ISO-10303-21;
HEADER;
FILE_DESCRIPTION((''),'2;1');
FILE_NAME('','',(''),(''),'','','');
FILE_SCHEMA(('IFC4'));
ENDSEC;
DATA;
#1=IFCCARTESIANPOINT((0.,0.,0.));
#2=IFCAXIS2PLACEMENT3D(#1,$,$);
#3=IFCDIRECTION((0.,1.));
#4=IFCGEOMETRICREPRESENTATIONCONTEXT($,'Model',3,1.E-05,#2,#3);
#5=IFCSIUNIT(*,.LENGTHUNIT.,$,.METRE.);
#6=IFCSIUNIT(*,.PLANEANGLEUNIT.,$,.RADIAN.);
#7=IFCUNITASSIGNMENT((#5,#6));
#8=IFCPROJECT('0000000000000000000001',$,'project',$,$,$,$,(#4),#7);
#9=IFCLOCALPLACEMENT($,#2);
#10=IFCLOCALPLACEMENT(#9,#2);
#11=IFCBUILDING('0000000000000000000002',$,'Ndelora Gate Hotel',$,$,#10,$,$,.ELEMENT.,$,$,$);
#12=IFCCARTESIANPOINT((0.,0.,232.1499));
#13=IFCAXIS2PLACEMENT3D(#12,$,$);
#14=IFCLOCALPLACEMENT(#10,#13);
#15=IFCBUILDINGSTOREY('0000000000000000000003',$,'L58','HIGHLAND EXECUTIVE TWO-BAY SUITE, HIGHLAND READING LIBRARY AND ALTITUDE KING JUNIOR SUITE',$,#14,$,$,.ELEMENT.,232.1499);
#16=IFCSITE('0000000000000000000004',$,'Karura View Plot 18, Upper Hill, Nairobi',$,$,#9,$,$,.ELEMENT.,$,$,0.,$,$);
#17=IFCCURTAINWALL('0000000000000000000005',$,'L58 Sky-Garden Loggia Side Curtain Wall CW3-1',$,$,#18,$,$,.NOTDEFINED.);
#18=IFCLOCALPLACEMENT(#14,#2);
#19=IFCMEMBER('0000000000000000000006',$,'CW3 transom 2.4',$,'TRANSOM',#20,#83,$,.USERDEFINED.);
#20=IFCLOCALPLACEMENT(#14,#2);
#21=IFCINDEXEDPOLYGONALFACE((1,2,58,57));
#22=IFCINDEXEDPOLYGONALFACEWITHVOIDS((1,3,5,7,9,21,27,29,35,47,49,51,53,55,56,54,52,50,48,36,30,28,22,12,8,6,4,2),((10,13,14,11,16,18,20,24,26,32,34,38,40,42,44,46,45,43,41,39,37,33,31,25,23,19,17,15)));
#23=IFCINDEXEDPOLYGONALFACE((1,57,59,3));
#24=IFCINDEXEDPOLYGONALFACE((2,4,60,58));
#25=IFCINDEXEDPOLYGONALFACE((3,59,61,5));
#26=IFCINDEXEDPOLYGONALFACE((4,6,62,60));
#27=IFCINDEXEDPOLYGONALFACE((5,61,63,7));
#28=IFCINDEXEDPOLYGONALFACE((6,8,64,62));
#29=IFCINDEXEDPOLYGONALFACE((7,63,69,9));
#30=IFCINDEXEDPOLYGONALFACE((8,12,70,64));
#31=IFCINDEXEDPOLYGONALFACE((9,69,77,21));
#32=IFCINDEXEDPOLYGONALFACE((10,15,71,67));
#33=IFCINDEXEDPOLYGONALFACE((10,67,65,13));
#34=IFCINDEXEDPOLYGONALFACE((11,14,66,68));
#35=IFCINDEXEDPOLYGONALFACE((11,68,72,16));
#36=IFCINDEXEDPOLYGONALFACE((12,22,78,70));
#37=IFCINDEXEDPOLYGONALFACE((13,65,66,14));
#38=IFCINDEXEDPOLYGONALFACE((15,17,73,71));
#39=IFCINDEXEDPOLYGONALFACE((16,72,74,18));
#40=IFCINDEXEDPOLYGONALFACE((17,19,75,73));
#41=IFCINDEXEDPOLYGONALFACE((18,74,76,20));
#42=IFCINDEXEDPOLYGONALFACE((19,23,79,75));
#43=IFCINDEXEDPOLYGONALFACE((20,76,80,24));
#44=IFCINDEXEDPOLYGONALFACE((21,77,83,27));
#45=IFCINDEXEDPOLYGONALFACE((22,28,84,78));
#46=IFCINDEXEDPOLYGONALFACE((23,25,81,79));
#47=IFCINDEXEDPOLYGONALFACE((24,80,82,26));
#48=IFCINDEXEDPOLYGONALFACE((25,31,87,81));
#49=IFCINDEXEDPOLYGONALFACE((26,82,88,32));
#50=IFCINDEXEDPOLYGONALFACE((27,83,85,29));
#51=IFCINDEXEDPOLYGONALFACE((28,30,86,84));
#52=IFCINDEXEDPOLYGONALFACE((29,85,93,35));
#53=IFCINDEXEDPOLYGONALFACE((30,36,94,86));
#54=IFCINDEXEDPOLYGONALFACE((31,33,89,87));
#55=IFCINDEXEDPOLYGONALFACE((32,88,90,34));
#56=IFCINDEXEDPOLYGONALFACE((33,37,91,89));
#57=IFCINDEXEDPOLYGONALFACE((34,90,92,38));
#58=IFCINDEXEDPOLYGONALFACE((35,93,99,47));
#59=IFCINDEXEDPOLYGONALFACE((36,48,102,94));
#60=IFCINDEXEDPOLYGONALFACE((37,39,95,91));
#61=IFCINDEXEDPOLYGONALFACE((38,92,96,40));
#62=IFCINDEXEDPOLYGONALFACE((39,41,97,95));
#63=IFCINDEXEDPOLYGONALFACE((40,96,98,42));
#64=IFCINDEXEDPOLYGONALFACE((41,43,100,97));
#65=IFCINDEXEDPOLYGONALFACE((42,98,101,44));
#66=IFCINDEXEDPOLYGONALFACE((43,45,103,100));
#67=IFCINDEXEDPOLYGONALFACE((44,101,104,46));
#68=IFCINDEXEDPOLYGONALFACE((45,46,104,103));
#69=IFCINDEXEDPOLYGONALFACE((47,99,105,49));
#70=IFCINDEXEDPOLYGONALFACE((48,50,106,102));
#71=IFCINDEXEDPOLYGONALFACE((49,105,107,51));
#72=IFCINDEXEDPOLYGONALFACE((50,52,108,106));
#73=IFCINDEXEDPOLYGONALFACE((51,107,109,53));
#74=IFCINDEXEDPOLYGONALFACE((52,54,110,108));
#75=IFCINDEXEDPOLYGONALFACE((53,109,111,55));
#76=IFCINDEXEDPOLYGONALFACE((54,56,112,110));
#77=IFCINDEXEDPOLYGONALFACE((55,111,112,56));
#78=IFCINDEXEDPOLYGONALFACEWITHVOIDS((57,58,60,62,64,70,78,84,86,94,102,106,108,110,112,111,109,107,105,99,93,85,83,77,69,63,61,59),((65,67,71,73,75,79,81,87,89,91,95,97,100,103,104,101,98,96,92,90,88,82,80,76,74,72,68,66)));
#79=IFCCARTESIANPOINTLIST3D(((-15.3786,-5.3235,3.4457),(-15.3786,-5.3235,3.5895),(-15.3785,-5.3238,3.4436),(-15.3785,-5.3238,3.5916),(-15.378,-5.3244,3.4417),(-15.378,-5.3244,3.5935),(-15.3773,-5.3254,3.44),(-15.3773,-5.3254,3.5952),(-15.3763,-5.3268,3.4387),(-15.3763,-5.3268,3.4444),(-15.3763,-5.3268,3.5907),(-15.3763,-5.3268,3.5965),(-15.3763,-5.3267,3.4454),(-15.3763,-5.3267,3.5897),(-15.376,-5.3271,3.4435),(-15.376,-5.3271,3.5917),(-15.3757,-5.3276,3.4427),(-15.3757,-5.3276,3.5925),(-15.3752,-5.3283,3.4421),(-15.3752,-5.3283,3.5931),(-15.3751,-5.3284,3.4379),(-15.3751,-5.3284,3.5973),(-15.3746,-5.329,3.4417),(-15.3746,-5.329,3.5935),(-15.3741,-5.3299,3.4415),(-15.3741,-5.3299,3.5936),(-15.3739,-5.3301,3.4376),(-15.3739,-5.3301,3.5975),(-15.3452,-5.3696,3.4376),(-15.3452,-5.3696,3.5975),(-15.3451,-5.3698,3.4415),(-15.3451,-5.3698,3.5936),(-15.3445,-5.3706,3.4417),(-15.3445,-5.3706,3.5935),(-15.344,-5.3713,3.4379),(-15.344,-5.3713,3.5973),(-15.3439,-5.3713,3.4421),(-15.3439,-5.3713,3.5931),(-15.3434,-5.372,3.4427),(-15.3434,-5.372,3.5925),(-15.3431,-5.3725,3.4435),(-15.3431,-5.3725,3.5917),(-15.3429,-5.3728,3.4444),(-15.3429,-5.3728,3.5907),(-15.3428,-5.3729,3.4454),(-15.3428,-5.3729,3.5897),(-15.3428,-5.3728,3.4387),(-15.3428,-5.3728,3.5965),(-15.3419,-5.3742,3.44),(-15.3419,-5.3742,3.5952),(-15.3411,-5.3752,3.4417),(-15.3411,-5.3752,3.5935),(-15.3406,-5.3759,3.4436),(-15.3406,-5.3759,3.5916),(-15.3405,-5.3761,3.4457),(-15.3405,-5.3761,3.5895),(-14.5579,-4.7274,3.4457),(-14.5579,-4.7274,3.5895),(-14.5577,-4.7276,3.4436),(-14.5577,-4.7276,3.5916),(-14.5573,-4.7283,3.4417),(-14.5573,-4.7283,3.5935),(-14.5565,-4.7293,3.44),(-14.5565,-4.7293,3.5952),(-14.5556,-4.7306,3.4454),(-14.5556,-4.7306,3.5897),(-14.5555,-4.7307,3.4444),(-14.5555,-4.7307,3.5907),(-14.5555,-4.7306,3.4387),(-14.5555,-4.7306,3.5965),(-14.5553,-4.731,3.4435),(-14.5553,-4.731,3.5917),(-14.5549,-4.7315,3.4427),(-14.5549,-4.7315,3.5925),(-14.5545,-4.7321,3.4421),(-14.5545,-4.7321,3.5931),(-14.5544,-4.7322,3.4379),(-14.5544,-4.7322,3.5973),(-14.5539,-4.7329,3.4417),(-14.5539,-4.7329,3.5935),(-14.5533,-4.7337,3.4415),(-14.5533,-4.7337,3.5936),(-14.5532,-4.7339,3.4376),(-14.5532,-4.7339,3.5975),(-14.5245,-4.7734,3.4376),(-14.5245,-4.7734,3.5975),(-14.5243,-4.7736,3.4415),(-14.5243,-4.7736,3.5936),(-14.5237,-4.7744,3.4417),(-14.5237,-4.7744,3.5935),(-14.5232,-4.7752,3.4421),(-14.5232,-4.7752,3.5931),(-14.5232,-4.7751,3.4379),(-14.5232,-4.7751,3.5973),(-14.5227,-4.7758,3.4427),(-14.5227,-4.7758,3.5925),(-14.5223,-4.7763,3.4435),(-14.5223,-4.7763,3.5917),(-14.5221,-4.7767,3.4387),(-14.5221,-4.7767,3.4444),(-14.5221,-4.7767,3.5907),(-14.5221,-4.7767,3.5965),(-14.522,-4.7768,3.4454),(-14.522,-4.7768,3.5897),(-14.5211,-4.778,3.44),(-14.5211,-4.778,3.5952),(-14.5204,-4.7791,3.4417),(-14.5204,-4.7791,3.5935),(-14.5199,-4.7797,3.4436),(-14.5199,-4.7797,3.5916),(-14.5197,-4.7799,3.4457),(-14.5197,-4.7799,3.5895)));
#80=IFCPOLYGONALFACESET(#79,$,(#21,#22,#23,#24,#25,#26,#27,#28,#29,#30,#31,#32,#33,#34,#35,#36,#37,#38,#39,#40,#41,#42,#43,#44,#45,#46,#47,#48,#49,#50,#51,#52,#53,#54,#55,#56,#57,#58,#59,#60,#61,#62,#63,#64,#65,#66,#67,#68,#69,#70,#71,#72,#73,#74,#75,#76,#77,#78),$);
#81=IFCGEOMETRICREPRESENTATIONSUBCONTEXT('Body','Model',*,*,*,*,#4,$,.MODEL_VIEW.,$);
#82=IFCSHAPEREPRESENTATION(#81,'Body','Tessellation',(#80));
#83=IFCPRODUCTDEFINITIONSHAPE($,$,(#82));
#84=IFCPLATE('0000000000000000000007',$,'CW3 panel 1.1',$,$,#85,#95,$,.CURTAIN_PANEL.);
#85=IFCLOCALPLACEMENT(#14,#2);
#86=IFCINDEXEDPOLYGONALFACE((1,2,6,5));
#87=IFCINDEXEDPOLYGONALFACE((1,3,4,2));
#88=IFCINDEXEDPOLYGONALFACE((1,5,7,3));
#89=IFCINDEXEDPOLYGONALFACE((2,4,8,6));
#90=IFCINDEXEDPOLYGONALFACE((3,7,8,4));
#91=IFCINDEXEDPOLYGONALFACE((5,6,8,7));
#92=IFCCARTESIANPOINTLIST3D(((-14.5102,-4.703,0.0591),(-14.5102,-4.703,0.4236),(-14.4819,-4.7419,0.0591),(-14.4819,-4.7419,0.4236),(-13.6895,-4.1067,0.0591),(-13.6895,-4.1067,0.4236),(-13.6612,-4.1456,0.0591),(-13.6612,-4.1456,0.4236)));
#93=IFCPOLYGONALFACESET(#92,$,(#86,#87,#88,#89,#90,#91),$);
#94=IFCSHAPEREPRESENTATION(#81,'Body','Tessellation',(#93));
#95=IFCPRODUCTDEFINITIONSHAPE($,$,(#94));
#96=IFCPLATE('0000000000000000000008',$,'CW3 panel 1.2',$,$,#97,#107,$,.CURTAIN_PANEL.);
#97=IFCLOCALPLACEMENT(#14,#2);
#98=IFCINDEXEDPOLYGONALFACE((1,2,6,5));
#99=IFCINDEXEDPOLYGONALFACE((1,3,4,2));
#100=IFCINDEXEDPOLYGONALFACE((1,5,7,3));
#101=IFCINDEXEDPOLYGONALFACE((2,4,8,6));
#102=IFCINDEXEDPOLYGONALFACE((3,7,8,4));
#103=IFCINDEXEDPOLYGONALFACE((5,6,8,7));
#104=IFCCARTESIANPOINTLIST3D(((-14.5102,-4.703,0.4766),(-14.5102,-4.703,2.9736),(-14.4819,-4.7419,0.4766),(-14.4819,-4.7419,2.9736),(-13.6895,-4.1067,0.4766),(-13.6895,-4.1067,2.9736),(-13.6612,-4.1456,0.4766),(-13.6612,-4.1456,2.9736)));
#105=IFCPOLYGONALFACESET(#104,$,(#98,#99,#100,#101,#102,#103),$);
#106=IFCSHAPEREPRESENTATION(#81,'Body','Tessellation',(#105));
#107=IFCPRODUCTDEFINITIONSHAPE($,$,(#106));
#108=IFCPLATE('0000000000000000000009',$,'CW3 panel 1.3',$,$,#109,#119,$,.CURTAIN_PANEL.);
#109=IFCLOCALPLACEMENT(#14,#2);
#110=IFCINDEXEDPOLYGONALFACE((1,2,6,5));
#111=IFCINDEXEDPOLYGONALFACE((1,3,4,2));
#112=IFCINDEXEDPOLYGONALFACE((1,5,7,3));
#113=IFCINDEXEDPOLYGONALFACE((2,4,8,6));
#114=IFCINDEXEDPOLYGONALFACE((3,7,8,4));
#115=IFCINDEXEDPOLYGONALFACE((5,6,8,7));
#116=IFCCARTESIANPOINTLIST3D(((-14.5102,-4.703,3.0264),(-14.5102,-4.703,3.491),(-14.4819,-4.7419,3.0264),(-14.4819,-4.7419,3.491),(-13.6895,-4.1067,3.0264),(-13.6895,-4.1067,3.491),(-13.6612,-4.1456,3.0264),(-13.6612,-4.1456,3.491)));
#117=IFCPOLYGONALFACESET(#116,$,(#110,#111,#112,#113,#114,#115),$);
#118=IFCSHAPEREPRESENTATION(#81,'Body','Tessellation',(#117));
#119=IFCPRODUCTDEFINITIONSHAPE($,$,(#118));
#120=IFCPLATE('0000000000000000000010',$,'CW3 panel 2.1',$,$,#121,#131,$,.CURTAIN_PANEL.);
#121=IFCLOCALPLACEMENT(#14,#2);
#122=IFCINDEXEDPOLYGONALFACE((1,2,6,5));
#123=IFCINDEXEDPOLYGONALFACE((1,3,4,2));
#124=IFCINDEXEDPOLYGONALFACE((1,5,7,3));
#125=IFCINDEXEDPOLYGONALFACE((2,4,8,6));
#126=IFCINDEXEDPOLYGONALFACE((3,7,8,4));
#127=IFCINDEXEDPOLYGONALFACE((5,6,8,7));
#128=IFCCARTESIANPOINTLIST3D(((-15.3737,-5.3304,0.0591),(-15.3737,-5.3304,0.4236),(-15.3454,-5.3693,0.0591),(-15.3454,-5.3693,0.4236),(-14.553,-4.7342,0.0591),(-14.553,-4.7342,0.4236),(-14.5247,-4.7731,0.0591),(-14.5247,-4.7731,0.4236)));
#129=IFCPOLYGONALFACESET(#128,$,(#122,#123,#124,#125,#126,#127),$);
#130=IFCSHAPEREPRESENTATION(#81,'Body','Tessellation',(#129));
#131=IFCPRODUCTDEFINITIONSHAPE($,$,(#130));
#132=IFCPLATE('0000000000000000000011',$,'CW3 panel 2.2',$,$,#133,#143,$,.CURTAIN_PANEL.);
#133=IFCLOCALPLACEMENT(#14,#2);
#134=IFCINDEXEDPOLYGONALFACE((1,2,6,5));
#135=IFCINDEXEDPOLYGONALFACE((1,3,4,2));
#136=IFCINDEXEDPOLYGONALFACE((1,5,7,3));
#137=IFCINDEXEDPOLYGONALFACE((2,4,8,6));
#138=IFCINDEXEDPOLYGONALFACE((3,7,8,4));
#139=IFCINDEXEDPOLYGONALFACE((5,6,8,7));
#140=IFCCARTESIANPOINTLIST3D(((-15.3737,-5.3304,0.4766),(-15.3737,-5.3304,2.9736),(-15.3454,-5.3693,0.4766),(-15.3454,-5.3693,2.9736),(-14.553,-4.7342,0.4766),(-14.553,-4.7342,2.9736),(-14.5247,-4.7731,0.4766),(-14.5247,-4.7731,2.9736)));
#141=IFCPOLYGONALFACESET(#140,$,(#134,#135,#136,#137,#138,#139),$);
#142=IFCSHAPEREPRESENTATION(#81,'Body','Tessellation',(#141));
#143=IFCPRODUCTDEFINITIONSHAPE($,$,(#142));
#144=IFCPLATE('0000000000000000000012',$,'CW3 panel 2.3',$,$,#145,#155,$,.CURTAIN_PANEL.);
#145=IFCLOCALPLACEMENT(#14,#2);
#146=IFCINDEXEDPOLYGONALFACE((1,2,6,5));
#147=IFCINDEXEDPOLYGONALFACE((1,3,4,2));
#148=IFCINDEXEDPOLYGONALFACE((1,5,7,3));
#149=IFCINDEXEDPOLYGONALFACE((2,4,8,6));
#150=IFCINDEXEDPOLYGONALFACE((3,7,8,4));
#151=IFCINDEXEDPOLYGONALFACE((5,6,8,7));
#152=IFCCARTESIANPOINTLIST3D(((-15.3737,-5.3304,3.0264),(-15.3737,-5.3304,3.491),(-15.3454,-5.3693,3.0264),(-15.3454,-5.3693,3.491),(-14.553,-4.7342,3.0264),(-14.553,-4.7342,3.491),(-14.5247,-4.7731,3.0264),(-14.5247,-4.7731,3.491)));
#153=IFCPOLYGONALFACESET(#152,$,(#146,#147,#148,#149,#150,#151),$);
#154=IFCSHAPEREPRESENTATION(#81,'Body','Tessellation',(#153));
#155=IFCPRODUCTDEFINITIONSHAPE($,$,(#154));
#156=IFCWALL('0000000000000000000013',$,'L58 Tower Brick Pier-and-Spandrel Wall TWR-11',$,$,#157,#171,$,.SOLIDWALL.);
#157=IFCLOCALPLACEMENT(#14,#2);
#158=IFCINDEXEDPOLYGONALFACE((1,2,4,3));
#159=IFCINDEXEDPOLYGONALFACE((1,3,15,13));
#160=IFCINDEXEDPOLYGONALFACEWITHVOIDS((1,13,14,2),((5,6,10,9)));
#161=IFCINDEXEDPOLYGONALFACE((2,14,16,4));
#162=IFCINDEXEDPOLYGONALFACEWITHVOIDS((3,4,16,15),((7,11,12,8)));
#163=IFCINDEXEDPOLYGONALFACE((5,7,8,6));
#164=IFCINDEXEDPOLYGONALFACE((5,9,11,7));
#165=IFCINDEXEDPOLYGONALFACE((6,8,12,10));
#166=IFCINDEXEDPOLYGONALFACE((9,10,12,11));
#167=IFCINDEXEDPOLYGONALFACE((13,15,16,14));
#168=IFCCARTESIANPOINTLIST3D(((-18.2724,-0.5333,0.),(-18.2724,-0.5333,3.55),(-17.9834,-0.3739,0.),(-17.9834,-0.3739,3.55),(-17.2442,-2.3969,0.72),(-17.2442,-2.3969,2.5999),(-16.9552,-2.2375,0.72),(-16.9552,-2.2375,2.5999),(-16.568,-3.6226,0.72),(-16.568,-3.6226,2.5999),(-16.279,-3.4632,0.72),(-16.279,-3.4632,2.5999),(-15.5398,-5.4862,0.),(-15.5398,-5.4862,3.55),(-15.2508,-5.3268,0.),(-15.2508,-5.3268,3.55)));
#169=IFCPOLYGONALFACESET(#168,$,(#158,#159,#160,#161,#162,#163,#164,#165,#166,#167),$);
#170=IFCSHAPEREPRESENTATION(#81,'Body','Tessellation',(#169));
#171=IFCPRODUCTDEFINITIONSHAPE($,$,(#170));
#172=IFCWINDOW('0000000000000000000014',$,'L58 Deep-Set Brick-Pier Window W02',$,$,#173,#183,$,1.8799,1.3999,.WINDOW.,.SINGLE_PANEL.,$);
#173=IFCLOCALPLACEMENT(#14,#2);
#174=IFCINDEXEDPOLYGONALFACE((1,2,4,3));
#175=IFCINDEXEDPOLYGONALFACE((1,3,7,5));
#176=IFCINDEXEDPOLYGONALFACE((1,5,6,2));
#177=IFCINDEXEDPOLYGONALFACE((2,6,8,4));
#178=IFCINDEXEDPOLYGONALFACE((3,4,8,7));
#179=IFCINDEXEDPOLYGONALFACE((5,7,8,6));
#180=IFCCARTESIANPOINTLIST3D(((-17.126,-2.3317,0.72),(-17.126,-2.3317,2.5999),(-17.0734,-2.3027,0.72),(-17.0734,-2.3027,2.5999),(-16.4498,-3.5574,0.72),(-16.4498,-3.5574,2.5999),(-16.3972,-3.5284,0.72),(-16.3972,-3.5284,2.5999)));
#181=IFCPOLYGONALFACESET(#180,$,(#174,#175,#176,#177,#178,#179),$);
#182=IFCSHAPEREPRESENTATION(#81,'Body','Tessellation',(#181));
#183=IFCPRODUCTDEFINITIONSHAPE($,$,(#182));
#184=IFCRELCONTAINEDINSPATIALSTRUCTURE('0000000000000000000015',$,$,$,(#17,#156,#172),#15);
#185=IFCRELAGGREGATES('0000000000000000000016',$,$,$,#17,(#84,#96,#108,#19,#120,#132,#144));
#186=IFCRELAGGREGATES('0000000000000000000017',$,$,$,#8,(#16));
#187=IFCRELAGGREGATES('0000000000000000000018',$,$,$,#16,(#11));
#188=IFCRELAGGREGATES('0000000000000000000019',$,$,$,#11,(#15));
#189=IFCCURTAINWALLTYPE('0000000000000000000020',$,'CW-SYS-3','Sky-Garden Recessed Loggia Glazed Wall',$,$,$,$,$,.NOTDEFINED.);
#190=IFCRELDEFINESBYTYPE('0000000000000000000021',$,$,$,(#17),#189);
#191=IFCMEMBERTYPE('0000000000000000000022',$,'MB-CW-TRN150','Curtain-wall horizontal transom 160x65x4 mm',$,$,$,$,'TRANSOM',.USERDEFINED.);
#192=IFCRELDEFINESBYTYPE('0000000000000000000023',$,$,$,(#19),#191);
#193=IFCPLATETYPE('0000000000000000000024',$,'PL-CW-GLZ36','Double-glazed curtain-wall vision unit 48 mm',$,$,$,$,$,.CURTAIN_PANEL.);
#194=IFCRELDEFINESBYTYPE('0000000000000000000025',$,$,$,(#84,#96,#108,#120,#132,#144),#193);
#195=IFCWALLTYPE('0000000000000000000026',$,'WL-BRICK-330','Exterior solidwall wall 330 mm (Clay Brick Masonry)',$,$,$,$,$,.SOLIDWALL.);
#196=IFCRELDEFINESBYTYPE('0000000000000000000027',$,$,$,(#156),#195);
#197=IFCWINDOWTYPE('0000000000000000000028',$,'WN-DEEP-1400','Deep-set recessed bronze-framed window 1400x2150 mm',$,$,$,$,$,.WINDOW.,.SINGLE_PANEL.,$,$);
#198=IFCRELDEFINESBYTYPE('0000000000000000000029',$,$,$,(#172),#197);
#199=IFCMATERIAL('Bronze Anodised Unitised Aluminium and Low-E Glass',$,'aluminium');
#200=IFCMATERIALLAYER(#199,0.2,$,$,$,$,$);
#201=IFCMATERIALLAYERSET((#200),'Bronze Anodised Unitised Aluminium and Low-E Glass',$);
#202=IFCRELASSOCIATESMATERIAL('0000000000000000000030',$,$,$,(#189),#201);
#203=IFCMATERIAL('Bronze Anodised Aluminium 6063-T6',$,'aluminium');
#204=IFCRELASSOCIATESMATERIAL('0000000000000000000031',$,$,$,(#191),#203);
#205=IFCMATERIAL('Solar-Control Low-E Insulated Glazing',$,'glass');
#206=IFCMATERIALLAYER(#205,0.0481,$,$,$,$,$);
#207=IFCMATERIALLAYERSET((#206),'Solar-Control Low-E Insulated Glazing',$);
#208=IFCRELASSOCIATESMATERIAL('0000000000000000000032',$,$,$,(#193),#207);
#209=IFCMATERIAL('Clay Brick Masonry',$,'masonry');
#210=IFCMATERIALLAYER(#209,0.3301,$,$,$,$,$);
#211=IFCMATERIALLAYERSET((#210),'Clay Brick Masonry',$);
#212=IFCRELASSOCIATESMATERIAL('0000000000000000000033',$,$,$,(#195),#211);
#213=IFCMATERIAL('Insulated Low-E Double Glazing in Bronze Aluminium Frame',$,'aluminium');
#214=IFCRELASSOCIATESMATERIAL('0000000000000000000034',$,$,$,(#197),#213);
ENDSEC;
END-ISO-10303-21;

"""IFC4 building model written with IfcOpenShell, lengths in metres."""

from ifc_helpers import new_model, si_unit, direction, frame, frame_2d, origin, origin_2d, place, context, subcontext, project, spatial, rectangle, hollow_rectangle, extrude, material, layer, layer_set, material_profile, profile_set, type_object, element, fill, aggregate, save


model = new_model("IFC4")

# Units and contexts
model_context = context("Model", 3, precision=1e-05, world=origin(), true_north=direction((0.0, 1.0)))
body_context = subcontext(model_context, "Body", "Model", "MODEL_VIEW")
ifc_project = project(units=[si_unit("LENGTHUNIT", "METRE"), si_unit("PLANEANGLEUNIT", "RADIAN")], contexts=[model_context])

# Site, building, storey
site_placement = place(None, origin())
site = spatial("IfcSite", under=ifc_project, at=site_placement, Name="Karura View Plot 18, Upper Hill, Nairobi", CompositionType="ELEMENT", RefElevation=0.0)
building_placement = place(site_placement, origin())
building = spatial("IfcBuilding", under=site, at=building_placement, Name="Ndelora Gate Hotel", CompositionType="ELEMENT")
storey_placement = place(building_placement, frame((0.0, 0.0, 232.1499)))
storey = spatial("IfcBuildingStorey", under=building, at=storey_placement, Name="L58", Description="HIGHLAND EXECUTIVE TWO-BAY SUITE, HIGHLAND READING LIBRARY AND ALTITUDE KING JUNIOR SUITE", CompositionType="ELEMENT", Elevation=232.1499)

# Curtain wall, member, plates
ifc_material_1 = material(Name="Bronze Anodised Unitised Aluminium and Low-E Glass", Category="aluminium")
ifc_layer_1 = layer(ifc_material_1, 0.2)
ifc_layer_set_1 = layer_set([ifc_layer_1], Name="Bronze Anodised Unitised Aluminium and Low-E Glass")
curtain_wall_type = type_object("IfcCurtainWallType", Name="CW-SYS-3", Description="Sky-Garden Recessed Loggia Glazed Wall", PredefinedType="NOTDEFINED", material=ifc_layer_set_1)
curtain_wall_placement = place(storey_placement, origin())
curtain_wall = element("IfcCurtainWall", 1, at=curtain_wall_placement, inside=storey, type_object=curtain_wall_type, Name="L58 Sky-Garden Loggia Side Curtain Wall CW3-1", PredefinedType="NOTDEFINED")
ifc_material_2 = material(Name="Bronze Anodised Aluminium 6063-T6", Category="aluminium")
ifc_material_profile_1 = material_profile(ifc_material_2, hollow_rectangle(XDim=0.0649, YDim=0.1599, WallThickness=0.0039, InnerFilletRadius=0.0039, OuterFilletRadius=0.0081, at=origin_2d()), Name="ALU 160x65x4")
ifc_profile_set_1 = profile_set([ifc_material_profile_1], Name="Bronze Anodised Aluminium 6063-T6")
member_type_1 = type_object("IfcMemberType", Name="MB-CW-TRN150", Description="Curtain-wall horizontal transom 160x65x4 mm", ElementType="TRANSOM", PredefinedType="USERDEFINED", material=ifc_profile_set_1)
member_1_placement = place(storey_placement, frame((-14.5388, -4.7537, 3.5176), z_axis=(-0.80909, -0.587685, 0.0), x_axis=(0.587685, -0.80909, 0.0)))
member_1 = element("IfcMember", 2, at=member_1_placement, type_object=member_type_1, Name="CW3 transom 2.4", ObjectType="TRANSOM", PredefinedType="USERDEFINED", context=body_context, shape_type="SweptSolid", body=[
    extrude(hollow_rectangle(XDim=0.0649, YDim=0.1599, WallThickness=0.0039, InnerFilletRadius=0.0039, OuterFilletRadius=0.0081, at=origin_2d()), origin(), (0.0, 0.0, 1.0), 1.0144),
])
ifc_material_3 = material(Name="Solar-Control Low-E Insulated Glazing", Category="glass")
ifc_layer_2 = layer(ifc_material_3, 0.0481)
ifc_layer_set_2 = layer_set([ifc_layer_2], Name="Solar-Control Low-E Insulated Glazing")
plate_type = type_object("IfcPlateType", Name="PL-CW-GLZ36", Description="Double-glazed curtain-wall vision unit 48 mm", PredefinedType="CURTAIN_PANEL", material=ifc_layer_set_2)
plate_1_placement = place(storey_placement, frame((-14.0857, -4.4243, 0.0591), z_axis=(0.0, 0.0, 1.0), x_axis=(-0.809017, -0.587785, 0.0)))
plate_1 = element("IfcPlate", 3, at=plate_1_placement, type_object=plate_type, Name="CW3 panel 1.1", PredefinedType="CURTAIN_PANEL", context=body_context, shape_type="SweptSolid", body=[
    extrude(rectangle(XDim=1.0144, YDim=0.0481, at=origin_2d()), origin(), (0.0, 0.0, 1.0), 0.3645),
])
plate_2_placement = place(storey_placement, frame((-14.0857, -4.4243, 0.4766), z_axis=(0.0, 0.0, 1.0), x_axis=(-0.809017, -0.587785, 0.0)))
plate_2 = element("IfcPlate", 4, at=plate_2_placement, type_object=plate_type, Name="CW3 panel 1.2", PredefinedType="CURTAIN_PANEL", context=body_context, shape_type="SweptSolid", body=[
    extrude(rectangle(XDim=1.0144, YDim=0.0481, at=origin_2d()), origin(), (0.0, 0.0, 1.0), 2.4971),
])
plate_3_placement = place(storey_placement, frame((-14.0857, -4.4243, 3.0264), z_axis=(0.0, 0.0, 1.0), x_axis=(-0.809017, -0.587785, 0.0)))
plate_3 = element("IfcPlate", 5, at=plate_3_placement, type_object=plate_type, Name="CW3 panel 1.3", PredefinedType="CURTAIN_PANEL", context=body_context, shape_type="SweptSolid", body=[
    extrude(rectangle(XDim=1.0144, YDim=0.0481, at=origin_2d()), origin(), (0.0, 0.0, 1.0), 0.4646),
])
plate_4_placement = place(storey_placement, frame((-14.9492, -5.0518, 0.0591), z_axis=(0.0, 0.0, 1.0), x_axis=(-0.809017, -0.587785, 0.0)))
plate_4 = element("IfcPlate", 6, at=plate_4_placement, type_object=plate_type, Name="CW3 panel 2.1", PredefinedType="CURTAIN_PANEL", context=body_context, shape_type="SweptSolid", body=[
    extrude(rectangle(XDim=1.0144, YDim=0.0481, at=origin_2d()), origin(), (0.0, 0.0, 1.0), 0.3645),
])
plate_5_placement = place(storey_placement, frame((-14.9492, -5.0518, 0.4766), z_axis=(0.0, 0.0, 1.0), x_axis=(-0.809017, -0.587785, 0.0)))
plate_5 = element("IfcPlate", 7, at=plate_5_placement, type_object=plate_type, Name="CW3 panel 2.2", PredefinedType="CURTAIN_PANEL", context=body_context, shape_type="SweptSolid", body=[
    extrude(rectangle(XDim=1.0144, YDim=0.0481, at=origin_2d()), origin(), (0.0, 0.0, 1.0), 2.4971),
])
plate_6_placement = place(storey_placement, frame((-14.9492, -5.0518, 3.0264), z_axis=(0.0, 0.0, 1.0), x_axis=(-0.809017, -0.587785, 0.0)))
plate_6 = element("IfcPlate", 8, at=plate_6_placement, type_object=plate_type, Name="CW3 panel 2.3", PredefinedType="CURTAIN_PANEL", context=body_context, shape_type="SweptSolid", body=[
    extrude(rectangle(XDim=1.0144, YDim=0.0481, at=origin_2d()), origin(), (0.0, 0.0, 1.0), 0.4646),
])
aggregate(curtain_wall, [plate_1, plate_2, plate_3, member_1, plate_4, plate_5, plate_6])

# Wall, opening, window
ifc_material_4 = material(Name="Clay Brick Masonry", Category="masonry")
ifc_layer_3 = layer(ifc_material_4, 0.3301)
ifc_layer_set_3 = layer_set([ifc_layer_3], Name="Clay Brick Masonry")
wall_type = type_object("IfcWallType", Name="WL-BRICK-330", Description="Exterior solidwall wall 330 mm (Clay Brick Masonry)", PredefinedType="SOLIDWALL", material=ifc_layer_set_3)
wall_placement = place(storey_placement, frame((-15.3953, -5.4065, 0.0), z_axis=(0.0, 0.0, 1.0), x_axis=(-0.483083, 0.875575, 0.0)))
wall = element("IfcWall", 9, at=wall_placement, inside=storey, type_object=wall_type, Name="L58 Tower Brick Pier-and-Spandrel Wall TWR-11", PredefinedType="SOLIDWALL", context=body_context, shape_type="SweptSolid", body=[
    extrude(rectangle(XDim=5.6567, YDim=0.3301, at=frame_2d((2.8284, 0.0))), origin(), (0.0, 0.0, 1.0), 3.55),
])
opening_placement = place(wall_placement, frame((2.1284, 0.0, 0.72)))
opening = element("IfcOpeningElement", 10, at=opening_placement, cuts=wall, PredefinedType="OPENING", context=body_context, shape_type="SweptSolid", body=[
    extrude(rectangle(XDim=1.3999, YDim=1.8799, at=frame_2d((0.7, 0.9399))), frame((0.0, 0.175, 0.0), z_axis=(0.0, -1.0, 0.0), x_axis=(1.0, 0.0, 0.0)), (0.0, 0.0, 1.0), 0.3501),
])
ifc_material_5 = material(Name="Insulated Low-E Double Glazing in Bronze Aluminium Frame", Category="aluminium")
window_type = type_object("IfcWindowType", Name="WN-DEEP-1400", Description="Deep-set recessed bronze-framed window 1400x2150 mm", PartitioningType="SINGLE_PANEL", PredefinedType="WINDOW", material=ifc_material_5)
window_placement = place(opening_placement, origin())
window = element("IfcWindow", 11, at=window_placement, inside=storey, type_object=window_type, Name="L58 Deep-Set Brick-Pier Window W02", OverallHeight=1.8799, OverallWidth=1.3999, PartitioningType="SINGLE_PANEL", PredefinedType="WINDOW", context=body_context, shape_type="SweptSolid", body=[
    extrude(rectangle(XDim=1.3999, YDim=1.8799, at=frame_2d((0.7, 0.9399))), frame((0.0, 0.03, 0.0), z_axis=(0.0, -1.0, 0.0), x_axis=(1.0, 0.0, 0.0)), (0.0, 0.0, 1.0), 0.0601),
])
fill(opening, window)

save(model, "model.ifc")
